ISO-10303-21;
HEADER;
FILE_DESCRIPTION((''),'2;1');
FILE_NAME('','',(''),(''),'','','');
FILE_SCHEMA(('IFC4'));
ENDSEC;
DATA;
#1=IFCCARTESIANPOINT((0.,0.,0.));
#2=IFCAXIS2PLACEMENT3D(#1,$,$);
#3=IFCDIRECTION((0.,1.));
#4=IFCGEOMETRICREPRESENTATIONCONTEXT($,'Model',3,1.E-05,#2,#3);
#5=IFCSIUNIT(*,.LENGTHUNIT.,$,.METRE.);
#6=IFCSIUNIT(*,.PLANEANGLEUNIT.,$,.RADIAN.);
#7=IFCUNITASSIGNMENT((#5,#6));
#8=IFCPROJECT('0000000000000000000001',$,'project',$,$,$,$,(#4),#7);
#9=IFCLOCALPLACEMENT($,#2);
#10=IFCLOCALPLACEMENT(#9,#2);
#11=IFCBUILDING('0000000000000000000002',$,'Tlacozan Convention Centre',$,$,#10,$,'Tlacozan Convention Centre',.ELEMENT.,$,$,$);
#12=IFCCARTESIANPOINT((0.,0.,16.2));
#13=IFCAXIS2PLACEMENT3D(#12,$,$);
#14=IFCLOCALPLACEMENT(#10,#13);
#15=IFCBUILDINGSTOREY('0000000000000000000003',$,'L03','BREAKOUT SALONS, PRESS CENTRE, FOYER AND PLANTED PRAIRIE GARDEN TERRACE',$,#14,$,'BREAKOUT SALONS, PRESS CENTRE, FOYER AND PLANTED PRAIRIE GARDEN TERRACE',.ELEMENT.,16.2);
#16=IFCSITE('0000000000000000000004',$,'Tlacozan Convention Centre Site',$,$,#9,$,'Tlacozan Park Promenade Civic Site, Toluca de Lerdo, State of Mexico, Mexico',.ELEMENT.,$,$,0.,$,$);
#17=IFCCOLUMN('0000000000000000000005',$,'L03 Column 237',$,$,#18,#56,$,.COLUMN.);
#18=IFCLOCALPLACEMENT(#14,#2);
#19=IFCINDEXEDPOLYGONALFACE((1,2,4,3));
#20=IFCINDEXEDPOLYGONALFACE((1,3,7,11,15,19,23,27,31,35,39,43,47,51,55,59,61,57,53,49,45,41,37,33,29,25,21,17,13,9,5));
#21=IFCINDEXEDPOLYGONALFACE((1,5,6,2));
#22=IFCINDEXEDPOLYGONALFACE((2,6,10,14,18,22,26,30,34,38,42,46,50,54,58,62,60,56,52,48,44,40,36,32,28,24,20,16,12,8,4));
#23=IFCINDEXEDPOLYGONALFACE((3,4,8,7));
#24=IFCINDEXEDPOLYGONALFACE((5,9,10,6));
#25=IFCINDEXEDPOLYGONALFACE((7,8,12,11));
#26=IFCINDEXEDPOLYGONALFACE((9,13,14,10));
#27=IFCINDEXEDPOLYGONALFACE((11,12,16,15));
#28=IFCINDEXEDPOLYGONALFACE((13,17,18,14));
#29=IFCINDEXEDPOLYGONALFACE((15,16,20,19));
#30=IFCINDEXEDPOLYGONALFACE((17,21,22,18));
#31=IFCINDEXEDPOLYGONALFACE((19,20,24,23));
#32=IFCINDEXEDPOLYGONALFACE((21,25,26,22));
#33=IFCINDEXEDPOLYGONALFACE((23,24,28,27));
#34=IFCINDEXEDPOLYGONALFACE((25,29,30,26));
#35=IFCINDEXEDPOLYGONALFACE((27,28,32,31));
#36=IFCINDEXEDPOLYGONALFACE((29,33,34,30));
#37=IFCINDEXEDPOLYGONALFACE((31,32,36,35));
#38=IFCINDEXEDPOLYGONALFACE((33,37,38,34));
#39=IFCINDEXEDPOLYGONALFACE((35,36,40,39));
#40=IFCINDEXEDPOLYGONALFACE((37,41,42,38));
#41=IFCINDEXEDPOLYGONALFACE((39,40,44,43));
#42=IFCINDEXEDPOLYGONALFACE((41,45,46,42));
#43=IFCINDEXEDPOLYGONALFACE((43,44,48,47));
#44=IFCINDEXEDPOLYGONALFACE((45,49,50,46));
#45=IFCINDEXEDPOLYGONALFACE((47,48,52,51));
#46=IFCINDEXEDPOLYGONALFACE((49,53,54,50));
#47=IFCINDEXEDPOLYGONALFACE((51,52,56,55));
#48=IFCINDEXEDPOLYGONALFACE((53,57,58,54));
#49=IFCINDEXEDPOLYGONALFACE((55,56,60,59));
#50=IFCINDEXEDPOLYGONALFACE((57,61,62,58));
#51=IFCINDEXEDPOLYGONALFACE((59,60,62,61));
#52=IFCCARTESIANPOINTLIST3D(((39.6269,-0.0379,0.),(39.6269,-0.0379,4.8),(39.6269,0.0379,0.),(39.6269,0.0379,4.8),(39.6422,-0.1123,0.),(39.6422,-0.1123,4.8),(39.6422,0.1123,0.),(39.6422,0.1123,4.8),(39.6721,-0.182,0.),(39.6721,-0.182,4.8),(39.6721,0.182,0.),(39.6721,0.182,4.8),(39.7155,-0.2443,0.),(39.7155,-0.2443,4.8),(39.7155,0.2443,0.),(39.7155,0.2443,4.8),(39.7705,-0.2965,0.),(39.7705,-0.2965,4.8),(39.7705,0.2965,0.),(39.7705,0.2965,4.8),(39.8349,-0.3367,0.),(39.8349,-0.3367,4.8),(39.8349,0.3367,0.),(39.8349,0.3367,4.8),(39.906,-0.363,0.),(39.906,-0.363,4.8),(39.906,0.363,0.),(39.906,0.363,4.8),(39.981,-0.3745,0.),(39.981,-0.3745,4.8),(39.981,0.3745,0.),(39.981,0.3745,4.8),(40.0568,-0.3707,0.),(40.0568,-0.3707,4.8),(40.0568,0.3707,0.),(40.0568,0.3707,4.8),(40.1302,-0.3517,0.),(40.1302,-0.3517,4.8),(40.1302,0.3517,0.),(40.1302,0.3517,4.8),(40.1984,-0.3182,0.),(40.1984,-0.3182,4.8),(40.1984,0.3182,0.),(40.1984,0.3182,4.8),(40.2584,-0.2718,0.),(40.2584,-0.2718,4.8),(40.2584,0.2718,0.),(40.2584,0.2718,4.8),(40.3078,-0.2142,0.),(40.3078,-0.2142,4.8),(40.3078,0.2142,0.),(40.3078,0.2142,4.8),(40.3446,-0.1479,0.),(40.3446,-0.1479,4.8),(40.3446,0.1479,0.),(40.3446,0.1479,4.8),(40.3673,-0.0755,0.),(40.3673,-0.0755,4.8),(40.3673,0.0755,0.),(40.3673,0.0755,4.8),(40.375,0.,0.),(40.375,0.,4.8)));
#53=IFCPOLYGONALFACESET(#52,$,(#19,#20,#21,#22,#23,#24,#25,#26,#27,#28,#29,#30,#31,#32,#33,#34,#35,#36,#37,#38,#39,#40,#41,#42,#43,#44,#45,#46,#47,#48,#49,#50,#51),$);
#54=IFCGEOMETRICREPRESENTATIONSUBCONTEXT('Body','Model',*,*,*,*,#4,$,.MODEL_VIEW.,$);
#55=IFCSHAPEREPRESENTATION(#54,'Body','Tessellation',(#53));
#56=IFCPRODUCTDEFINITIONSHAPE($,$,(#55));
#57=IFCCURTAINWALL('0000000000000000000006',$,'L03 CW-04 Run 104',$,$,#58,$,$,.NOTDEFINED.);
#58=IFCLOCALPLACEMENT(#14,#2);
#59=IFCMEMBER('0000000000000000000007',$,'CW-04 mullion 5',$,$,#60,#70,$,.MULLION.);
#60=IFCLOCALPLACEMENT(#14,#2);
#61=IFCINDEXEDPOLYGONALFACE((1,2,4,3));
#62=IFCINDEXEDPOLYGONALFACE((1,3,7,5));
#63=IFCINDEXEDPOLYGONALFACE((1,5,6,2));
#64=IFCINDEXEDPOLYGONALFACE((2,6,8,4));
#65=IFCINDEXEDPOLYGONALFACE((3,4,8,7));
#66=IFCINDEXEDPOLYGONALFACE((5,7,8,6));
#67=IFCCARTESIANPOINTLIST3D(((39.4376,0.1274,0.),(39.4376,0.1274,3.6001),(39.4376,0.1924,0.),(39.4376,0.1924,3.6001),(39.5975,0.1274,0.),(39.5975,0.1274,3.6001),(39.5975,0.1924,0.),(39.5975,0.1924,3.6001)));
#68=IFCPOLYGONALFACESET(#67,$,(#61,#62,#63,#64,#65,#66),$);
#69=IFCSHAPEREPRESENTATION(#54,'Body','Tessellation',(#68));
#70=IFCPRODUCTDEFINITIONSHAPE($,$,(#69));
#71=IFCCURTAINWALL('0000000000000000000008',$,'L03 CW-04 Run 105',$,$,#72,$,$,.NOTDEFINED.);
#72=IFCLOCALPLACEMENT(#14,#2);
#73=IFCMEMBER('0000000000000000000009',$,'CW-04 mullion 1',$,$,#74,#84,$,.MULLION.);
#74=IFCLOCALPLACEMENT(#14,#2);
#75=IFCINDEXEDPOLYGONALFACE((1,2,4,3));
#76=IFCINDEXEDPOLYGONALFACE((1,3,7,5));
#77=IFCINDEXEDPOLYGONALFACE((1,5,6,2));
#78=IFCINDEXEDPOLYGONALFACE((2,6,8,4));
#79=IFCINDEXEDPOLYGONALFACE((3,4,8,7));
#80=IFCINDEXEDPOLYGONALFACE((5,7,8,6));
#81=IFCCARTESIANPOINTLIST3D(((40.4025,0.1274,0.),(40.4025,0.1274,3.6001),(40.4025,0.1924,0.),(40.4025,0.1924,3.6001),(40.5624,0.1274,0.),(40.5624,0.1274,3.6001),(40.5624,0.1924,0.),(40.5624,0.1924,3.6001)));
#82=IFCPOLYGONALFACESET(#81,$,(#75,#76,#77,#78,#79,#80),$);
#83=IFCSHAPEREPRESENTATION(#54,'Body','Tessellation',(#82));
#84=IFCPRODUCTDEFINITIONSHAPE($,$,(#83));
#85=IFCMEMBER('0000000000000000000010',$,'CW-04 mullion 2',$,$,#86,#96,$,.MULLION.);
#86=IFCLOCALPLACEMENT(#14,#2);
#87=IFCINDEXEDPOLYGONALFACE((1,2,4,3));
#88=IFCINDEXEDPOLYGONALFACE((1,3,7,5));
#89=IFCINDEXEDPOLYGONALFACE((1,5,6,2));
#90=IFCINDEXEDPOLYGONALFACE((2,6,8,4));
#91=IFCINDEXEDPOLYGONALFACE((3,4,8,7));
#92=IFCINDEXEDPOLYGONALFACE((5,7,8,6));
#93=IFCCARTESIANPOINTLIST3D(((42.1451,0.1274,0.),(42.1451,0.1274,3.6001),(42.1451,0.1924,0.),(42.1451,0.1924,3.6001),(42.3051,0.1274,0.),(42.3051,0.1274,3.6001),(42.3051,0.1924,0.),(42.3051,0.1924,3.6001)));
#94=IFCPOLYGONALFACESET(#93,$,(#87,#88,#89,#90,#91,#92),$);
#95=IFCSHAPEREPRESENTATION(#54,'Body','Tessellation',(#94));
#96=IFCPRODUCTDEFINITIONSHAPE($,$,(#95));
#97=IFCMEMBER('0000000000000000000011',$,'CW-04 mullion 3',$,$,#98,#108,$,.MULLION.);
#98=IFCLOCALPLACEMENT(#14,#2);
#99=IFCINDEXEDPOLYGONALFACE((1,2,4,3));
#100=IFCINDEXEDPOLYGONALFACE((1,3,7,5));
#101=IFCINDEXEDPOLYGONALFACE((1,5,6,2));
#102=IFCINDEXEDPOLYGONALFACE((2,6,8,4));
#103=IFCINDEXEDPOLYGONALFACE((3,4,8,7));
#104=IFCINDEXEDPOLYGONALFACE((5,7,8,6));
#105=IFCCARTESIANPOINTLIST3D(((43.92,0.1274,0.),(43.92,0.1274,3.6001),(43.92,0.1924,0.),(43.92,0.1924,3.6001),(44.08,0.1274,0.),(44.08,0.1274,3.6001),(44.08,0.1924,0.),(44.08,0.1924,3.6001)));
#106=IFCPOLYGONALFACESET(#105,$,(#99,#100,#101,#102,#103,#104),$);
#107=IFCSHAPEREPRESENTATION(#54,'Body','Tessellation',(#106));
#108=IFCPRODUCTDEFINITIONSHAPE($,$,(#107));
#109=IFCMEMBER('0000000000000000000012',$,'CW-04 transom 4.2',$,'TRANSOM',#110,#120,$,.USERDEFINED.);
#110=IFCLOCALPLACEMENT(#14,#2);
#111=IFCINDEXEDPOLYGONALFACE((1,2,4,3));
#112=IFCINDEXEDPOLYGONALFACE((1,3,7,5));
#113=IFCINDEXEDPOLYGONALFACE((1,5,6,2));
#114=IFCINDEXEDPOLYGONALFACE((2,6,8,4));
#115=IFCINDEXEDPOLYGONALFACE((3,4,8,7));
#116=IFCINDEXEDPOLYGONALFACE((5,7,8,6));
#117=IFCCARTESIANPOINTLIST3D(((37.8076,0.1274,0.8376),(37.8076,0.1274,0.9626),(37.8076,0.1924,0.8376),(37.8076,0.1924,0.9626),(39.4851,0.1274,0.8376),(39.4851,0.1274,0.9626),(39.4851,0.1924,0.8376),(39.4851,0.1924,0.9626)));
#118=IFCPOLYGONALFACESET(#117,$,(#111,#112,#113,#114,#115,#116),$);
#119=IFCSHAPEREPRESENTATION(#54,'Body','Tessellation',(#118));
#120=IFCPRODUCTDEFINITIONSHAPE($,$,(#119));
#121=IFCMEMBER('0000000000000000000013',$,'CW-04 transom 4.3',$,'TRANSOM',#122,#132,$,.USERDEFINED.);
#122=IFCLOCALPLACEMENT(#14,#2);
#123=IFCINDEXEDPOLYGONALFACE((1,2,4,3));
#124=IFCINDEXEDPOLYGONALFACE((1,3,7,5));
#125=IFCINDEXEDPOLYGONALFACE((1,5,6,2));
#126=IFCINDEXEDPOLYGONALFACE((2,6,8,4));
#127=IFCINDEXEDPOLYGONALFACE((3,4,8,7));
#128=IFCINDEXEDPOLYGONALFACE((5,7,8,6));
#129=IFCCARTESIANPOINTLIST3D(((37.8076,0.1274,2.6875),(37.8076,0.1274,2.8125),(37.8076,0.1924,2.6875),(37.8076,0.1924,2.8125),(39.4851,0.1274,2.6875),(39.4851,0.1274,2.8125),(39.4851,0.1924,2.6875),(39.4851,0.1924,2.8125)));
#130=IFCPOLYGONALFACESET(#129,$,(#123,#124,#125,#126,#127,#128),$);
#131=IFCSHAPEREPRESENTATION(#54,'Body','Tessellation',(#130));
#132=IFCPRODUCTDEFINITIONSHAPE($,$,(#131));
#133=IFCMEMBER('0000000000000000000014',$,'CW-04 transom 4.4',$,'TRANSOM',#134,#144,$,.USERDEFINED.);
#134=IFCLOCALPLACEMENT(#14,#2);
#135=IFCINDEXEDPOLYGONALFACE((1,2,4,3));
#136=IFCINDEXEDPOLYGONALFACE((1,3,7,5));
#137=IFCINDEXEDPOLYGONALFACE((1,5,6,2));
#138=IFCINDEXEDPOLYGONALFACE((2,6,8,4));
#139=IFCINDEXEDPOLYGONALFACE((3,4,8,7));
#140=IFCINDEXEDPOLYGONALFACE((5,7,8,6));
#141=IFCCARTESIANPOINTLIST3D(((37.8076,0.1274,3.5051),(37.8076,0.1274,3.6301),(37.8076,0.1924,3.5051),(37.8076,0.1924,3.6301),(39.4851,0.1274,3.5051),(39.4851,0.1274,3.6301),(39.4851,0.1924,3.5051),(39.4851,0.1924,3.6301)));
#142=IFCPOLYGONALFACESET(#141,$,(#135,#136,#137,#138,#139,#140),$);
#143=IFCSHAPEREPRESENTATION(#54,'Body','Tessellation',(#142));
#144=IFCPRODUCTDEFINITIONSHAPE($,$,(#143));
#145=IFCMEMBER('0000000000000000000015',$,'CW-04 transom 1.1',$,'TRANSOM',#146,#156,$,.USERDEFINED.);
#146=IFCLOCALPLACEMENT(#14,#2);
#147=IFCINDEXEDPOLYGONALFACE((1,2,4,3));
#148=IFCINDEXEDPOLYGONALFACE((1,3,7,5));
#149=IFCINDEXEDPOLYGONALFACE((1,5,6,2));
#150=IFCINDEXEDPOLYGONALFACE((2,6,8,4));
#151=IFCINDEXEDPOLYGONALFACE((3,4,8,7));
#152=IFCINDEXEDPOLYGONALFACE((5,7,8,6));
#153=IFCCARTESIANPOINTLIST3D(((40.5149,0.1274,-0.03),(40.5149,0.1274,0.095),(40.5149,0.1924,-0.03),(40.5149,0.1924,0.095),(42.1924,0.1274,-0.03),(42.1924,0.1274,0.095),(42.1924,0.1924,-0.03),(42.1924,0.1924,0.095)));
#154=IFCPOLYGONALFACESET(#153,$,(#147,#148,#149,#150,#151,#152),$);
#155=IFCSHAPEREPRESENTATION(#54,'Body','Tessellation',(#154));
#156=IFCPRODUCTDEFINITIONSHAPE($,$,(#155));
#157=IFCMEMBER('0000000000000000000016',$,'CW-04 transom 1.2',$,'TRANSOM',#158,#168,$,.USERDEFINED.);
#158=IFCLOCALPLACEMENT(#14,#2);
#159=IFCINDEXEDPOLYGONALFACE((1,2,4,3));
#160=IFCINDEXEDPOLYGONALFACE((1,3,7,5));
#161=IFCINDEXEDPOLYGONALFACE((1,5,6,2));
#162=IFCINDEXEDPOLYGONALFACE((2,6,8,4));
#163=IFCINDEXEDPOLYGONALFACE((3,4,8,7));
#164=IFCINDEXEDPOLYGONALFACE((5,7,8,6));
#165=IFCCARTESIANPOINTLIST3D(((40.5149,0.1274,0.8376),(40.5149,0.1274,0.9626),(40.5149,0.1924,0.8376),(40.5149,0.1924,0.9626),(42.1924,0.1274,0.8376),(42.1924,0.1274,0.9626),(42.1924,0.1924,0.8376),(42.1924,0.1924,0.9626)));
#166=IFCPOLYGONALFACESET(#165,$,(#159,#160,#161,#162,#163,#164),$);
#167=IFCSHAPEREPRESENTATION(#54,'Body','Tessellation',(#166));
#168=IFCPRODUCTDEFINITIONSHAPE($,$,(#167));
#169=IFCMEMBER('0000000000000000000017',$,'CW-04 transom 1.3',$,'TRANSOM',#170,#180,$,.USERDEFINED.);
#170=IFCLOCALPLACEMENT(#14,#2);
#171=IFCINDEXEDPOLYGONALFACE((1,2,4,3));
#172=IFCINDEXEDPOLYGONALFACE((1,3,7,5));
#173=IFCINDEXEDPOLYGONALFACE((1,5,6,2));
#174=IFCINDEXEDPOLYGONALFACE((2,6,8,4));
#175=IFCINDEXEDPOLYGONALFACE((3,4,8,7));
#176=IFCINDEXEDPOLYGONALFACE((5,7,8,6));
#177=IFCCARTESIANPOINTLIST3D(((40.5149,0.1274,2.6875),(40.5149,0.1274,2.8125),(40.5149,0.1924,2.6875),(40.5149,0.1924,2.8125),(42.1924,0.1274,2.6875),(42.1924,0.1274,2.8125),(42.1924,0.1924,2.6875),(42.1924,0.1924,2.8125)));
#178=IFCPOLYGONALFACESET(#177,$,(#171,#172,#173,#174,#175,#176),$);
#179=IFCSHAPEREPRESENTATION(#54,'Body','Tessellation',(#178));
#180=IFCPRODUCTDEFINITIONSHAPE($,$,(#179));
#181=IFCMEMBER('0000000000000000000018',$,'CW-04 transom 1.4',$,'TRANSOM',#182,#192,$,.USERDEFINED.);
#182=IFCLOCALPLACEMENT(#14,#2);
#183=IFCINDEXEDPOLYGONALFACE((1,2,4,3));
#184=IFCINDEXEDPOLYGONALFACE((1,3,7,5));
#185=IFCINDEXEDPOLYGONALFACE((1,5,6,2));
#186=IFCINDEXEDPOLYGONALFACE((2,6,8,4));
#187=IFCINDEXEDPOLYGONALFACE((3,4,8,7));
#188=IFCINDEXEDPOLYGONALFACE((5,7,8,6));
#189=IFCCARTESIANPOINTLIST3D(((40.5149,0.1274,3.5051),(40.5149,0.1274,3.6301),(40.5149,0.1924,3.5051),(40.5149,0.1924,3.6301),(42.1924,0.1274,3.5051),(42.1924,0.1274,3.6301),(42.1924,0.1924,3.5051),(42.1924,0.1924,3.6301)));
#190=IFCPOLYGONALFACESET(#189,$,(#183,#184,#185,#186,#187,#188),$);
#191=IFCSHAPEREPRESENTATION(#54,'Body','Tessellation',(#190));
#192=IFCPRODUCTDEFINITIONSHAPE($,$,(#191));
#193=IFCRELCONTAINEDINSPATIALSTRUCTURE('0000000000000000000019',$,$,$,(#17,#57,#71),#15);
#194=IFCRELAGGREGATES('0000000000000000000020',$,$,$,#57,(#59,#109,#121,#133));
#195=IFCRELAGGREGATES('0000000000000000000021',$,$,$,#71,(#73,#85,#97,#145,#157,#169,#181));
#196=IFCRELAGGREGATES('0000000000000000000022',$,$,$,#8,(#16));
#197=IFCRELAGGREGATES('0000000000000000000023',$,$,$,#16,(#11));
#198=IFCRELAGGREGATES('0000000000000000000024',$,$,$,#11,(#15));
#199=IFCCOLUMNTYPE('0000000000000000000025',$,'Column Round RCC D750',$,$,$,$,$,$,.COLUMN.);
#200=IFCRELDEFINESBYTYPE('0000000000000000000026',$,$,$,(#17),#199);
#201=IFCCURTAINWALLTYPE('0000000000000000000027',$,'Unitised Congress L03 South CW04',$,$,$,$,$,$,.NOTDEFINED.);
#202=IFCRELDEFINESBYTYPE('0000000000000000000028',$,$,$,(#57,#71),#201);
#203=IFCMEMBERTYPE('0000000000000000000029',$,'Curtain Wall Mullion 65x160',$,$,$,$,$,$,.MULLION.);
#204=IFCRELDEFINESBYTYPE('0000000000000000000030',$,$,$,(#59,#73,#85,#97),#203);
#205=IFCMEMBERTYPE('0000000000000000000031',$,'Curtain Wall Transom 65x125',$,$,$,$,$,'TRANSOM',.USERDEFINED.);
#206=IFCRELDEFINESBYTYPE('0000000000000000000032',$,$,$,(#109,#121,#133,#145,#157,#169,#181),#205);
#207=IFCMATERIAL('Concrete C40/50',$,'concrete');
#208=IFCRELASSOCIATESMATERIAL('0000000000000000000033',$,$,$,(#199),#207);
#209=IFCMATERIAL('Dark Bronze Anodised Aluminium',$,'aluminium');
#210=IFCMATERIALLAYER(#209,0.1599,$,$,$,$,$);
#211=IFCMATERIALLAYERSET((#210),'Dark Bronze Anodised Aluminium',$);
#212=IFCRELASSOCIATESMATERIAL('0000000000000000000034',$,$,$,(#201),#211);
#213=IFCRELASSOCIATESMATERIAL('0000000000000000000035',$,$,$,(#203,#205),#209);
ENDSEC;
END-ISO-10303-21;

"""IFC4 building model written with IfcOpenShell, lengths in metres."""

from ifc_helpers import new_model, si_unit, direction, frame, origin, origin_2d, place, context, subcontext, project, spatial, rectangle, circle, extrude, material, layer, layer_set, material_profile, profile_set, type_object, element, aggregate, save


model = new_model("IFC4")

# Units and contexts
model_context = context("Model", 3, precision=1e-05, world=origin(), true_north=direction((0.0, 1.0)))
body_context = subcontext(model_context, "Body", "Model", "MODEL_VIEW")
ifc_project = project(units=[si_unit("LENGTHUNIT", "METRE"), si_unit("PLANEANGLEUNIT", "RADIAN")], contexts=[model_context])

# Site, building, storey
site_placement = place(None, origin())
site = spatial("IfcSite", under=ifc_project, at=site_placement, Name="Tlacozan Convention Centre Site", LongName="Tlacozan Park Promenade Civic Site, Toluca de Lerdo, State of Mexico, Mexico", CompositionType="ELEMENT", RefElevation=0.0)
building_placement = place(site_placement, origin())
building = spatial("IfcBuilding", under=site, at=building_placement, Name="Tlacozan Convention Centre", LongName="Tlacozan Convention Centre", CompositionType="ELEMENT")
storey_placement = place(building_placement, frame((0.0, 0.0, 16.2)))
storey = spatial("IfcBuildingStorey", under=building, at=storey_placement, Name="L03", Description="BREAKOUT SALONS, PRESS CENTRE, FOYER AND PLANTED PRAIRIE GARDEN TERRACE", LongName="BREAKOUT SALONS, PRESS CENTRE, FOYER AND PLANTED PRAIRIE GARDEN TERRACE", CompositionType="ELEMENT", Elevation=16.2)

# Column
ifc_material_1 = material(Name="Concrete C40/50", Category="concrete")
ifc_material_profile_1 = material_profile(ifc_material_1, circle(Radius=0.375, at=origin_2d()), Name="RCC D750")
ifc_profile_set_1 = profile_set([ifc_material_profile_1], Name="Concrete C40/50")
column_type = type_object("IfcColumnType", Name="Column Round RCC D750", PredefinedType="COLUMN", material=ifc_profile_set_1)
column_placement = place(storey_placement, frame((40.0, 0.0, 0.0), z_axis=(0.0, 0.0, 1.0), x_axis=(1.0, 0.0, 0.0)))
element("IfcColumn", 1, at=column_placement, inside=storey, type_object=column_type, Name="L03 Column 237", PredefinedType="COLUMN", context=body_context, shape_type="SweptSolid", body=[
    extrude(circle(Radius=0.375, at=origin_2d()), origin(), (0.0, 0.0, 1.0), 4.8),
])

# Curtain wall, member
ifc_material_2 = material(Name="Dark Bronze Anodised Aluminium", Category="aluminium")
ifc_layer_1 = layer(ifc_material_2, 0.1599)
ifc_layer_set_1 = layer_set([ifc_layer_1], Name="Dark Bronze Anodised Aluminium")
curtain_wall_type = type_object("IfcCurtainWallType", Name="Unitised Congress L03 South CW04", PredefinedType="NOTDEFINED", material=ifc_layer_set_1)
curtain_wall_1_placement = place(storey_placement, origin())
curtain_wall_1 = element("IfcCurtainWall", 2, at=curtain_wall_1_placement, inside=storey, type_object=curtain_wall_type, Name="L03 CW-04 Run 104", PredefinedType="NOTDEFINED")
ifc_material_profile_2 = material_profile(ifc_material_2, rectangle(XDim=0.0649, YDim=0.1599, at=origin_2d()), Name="ALU 65x160")
ifc_profile_set_2 = profile_set([ifc_material_profile_2], Name="Dark Bronze Anodised Aluminium")
member_type_1 = type_object("IfcMemberType", Name="Curtain Wall Mullion 65x160", PredefinedType="MULLION", material=ifc_profile_set_2)
member_1_placement = place(storey_placement, frame((39.5176, 0.1599, 0.0), z_axis=(0.0, 0.0, 1.0), x_axis=(0.0, 1.0, 0.0)))
member_1 = element("IfcMember", 3, at=member_1_placement, type_object=member_type_1, Name="CW-04 mullion 5", PredefinedType="MULLION", context=body_context, shape_type="SweptSolid", body=[
    extrude(rectangle(XDim=0.0649, YDim=0.1599, at=origin_2d()), origin(), (0.0, 0.0, 1.0), 3.6001),
])

# Curtain wall, members
curtain_wall_2_placement = place(storey_placement, origin())
curtain_wall_2 = element("IfcCurtainWall", 4, at=curtain_wall_2_placement, inside=storey, type_object=curtain_wall_type, Name="L03 CW-04 Run 105", PredefinedType="NOTDEFINED")
member_2_placement = place(storey_placement, frame((40.4824, 0.1599, 0.0), z_axis=(0.0, 0.0, 1.0), x_axis=(0.0, 1.0, 0.0)))
member_2 = element("IfcMember", 5, at=member_2_placement, type_object=member_type_1, Name="CW-04 mullion 1", PredefinedType="MULLION", context=body_context, shape_type="SweptSolid", body=[
    extrude(rectangle(XDim=0.0649, YDim=0.1599, at=origin_2d()), origin(), (0.0, 0.0, 1.0), 3.6001),
])
member_3_placement = place(storey_placement, frame((42.2251, 0.1599, 0.0), z_axis=(0.0, 0.0, 1.0), x_axis=(0.0, 1.0, 0.0)))
member_3 = element("IfcMember", 6, at=member_3_placement, type_object=member_type_1, Name="CW-04 mullion 2", PredefinedType="MULLION", context=body_context, shape_type="SweptSolid", body=[
    extrude(rectangle(XDim=0.0649, YDim=0.1599, at=origin_2d()), origin(), (0.0, 0.0, 1.0), 3.6001),
])
member_4_placement = place(storey_placement, frame((44.0, 0.1599, 0.0), z_axis=(0.0, 0.0, 1.0), x_axis=(0.0, 1.0, 0.0)))
member_4 = element("IfcMember", 7, at=member_4_placement, type_object=member_type_1, Name="CW-04 mullion 3", PredefinedType="MULLION", context=body_context, shape_type="SweptSolid", body=[
    extrude(rectangle(XDim=0.0649, YDim=0.1599, at=origin_2d()), origin(), (0.0, 0.0, 1.0), 3.6001),
])

# Members
ifc_material_profile_3 = material_profile(ifc_material_2, rectangle(XDim=0.0649, YDim=0.125, at=origin_2d()), Name="ALU 65x125")
ifc_profile_set_3 = profile_set([ifc_material_profile_3], Name="Dark Bronze Anodised Aluminium")
member_type_2 = type_object("IfcMemberType", Name="Curtain Wall Transom 65x125", ElementType="TRANSOM", PredefinedType="USERDEFINED", material=ifc_profile_set_3)
member_5_placement = place(storey_placement, frame((37.8076, 0.1599, 0.9001), z_axis=(1.0, 0.0, 0.0), x_axis=(0.0, 1.0, 0.0)))
member_5 = element("IfcMember", 8, at=member_5_placement, type_object=member_type_2, Name="CW-04 transom 4.2", ObjectType="TRANSOM", PredefinedType="USERDEFINED", context=body_context, shape_type="SweptSolid", body=[
    extrude(rectangle(XDim=0.0649, YDim=0.125, at=origin_2d()), origin(), (0.0, 0.0, 1.0), 1.6775),
])
member_6_placement = place(storey_placement, frame((37.8076, 0.1599, 2.75), z_axis=(1.0, 0.0, 0.0), x_axis=(0.0, 1.0, 0.0)))
member_6 = element("IfcMember", 9, at=member_6_placement, type_object=member_type_2, Name="CW-04 transom 4.3", ObjectType="TRANSOM", PredefinedType="USERDEFINED", context=body_context, shape_type="SweptSolid", body=[
    extrude(rectangle(XDim=0.0649, YDim=0.125, at=origin_2d()), origin(), (0.0, 0.0, 1.0), 1.6775),
])
member_7_placement = place(storey_placement, frame((37.8076, 0.1599, 3.5676), z_axis=(1.0, 0.0, 0.0), x_axis=(0.0, 1.0, 0.0)))
member_7 = element("IfcMember", 10, at=member_7_placement, type_object=member_type_2, Name="CW-04 transom 4.4", ObjectType="TRANSOM", PredefinedType="USERDEFINED", context=body_context, shape_type="SweptSolid", body=[
    extrude(rectangle(XDim=0.0649, YDim=0.125, at=origin_2d()), origin(), (0.0, 0.0, 1.0), 1.6775),
])
member_8_placement = place(storey_placement, frame((40.5149, 0.1599, 0.0325), z_axis=(1.0, 0.0, 0.0), x_axis=(0.0, 1.0, 0.0)))
member_8 = element("IfcMember", 11, at=member_8_placement, type_object=member_type_2, Name="CW-04 transom 1.1", ObjectType="TRANSOM", PredefinedType="USERDEFINED", context=body_context, shape_type="SweptSolid", body=[
    extrude(rectangle(XDim=0.0649, YDim=0.125, at=origin_2d()), origin(), (0.0, 0.0, 1.0), 1.6775),
])
member_9_placement = place(storey_placement, frame((40.5149, 0.1599, 0.9001), z_axis=(1.0, 0.0, 0.0), x_axis=(0.0, 1.0, 0.0)))
member_9 = element("IfcMember", 12, at=member_9_placement, type_object=member_type_2, Name="CW-04 transom 1.2", ObjectType="TRANSOM", PredefinedType="USERDEFINED", context=body_context, shape_type="SweptSolid", body=[
    extrude(rectangle(XDim=0.0649, YDim=0.125, at=origin_2d()), origin(), (0.0, 0.0, 1.0), 1.6775),
])
member_10_placement = place(storey_placement, frame((40.5149, 0.1599, 2.75), z_axis=(1.0, 0.0, 0.0), x_axis=(0.0, 1.0, 0.0)))
member_10 = element("IfcMember", 13, at=member_10_placement, type_object=member_type_2, Name="CW-04 transom 1.3", ObjectType="TRANSOM", PredefinedType="USERDEFINED", context=body_context, shape_type="SweptSolid", body=[
    extrude(rectangle(XDim=0.0649, YDim=0.125, at=origin_2d()), origin(), (0.0, 0.0, 1.0), 1.6775),
])
member_11_placement = place(storey_placement, frame((40.5149, 0.1599, 3.5676), z_axis=(1.0, 0.0, 0.0), x_axis=(0.0, 1.0, 0.0)))
member_11 = element("IfcMember", 14, at=member_11_placement, type_object=member_type_2, Name="CW-04 transom 1.4", ObjectType="TRANSOM", PredefinedType="USERDEFINED", context=body_context, shape_type="SweptSolid", body=[
    extrude(rectangle(XDim=0.0649, YDim=0.125, at=origin_2d()), origin(), (0.0, 0.0, 1.0), 1.6775),
])

aggregate(curtain_wall_1, [member_1, member_5, member_6, member_7])
aggregate(curtain_wall_2, [member_2, member_3, member_4, member_8, member_9, member_10, member_11])

save(model, "model.ifc")
